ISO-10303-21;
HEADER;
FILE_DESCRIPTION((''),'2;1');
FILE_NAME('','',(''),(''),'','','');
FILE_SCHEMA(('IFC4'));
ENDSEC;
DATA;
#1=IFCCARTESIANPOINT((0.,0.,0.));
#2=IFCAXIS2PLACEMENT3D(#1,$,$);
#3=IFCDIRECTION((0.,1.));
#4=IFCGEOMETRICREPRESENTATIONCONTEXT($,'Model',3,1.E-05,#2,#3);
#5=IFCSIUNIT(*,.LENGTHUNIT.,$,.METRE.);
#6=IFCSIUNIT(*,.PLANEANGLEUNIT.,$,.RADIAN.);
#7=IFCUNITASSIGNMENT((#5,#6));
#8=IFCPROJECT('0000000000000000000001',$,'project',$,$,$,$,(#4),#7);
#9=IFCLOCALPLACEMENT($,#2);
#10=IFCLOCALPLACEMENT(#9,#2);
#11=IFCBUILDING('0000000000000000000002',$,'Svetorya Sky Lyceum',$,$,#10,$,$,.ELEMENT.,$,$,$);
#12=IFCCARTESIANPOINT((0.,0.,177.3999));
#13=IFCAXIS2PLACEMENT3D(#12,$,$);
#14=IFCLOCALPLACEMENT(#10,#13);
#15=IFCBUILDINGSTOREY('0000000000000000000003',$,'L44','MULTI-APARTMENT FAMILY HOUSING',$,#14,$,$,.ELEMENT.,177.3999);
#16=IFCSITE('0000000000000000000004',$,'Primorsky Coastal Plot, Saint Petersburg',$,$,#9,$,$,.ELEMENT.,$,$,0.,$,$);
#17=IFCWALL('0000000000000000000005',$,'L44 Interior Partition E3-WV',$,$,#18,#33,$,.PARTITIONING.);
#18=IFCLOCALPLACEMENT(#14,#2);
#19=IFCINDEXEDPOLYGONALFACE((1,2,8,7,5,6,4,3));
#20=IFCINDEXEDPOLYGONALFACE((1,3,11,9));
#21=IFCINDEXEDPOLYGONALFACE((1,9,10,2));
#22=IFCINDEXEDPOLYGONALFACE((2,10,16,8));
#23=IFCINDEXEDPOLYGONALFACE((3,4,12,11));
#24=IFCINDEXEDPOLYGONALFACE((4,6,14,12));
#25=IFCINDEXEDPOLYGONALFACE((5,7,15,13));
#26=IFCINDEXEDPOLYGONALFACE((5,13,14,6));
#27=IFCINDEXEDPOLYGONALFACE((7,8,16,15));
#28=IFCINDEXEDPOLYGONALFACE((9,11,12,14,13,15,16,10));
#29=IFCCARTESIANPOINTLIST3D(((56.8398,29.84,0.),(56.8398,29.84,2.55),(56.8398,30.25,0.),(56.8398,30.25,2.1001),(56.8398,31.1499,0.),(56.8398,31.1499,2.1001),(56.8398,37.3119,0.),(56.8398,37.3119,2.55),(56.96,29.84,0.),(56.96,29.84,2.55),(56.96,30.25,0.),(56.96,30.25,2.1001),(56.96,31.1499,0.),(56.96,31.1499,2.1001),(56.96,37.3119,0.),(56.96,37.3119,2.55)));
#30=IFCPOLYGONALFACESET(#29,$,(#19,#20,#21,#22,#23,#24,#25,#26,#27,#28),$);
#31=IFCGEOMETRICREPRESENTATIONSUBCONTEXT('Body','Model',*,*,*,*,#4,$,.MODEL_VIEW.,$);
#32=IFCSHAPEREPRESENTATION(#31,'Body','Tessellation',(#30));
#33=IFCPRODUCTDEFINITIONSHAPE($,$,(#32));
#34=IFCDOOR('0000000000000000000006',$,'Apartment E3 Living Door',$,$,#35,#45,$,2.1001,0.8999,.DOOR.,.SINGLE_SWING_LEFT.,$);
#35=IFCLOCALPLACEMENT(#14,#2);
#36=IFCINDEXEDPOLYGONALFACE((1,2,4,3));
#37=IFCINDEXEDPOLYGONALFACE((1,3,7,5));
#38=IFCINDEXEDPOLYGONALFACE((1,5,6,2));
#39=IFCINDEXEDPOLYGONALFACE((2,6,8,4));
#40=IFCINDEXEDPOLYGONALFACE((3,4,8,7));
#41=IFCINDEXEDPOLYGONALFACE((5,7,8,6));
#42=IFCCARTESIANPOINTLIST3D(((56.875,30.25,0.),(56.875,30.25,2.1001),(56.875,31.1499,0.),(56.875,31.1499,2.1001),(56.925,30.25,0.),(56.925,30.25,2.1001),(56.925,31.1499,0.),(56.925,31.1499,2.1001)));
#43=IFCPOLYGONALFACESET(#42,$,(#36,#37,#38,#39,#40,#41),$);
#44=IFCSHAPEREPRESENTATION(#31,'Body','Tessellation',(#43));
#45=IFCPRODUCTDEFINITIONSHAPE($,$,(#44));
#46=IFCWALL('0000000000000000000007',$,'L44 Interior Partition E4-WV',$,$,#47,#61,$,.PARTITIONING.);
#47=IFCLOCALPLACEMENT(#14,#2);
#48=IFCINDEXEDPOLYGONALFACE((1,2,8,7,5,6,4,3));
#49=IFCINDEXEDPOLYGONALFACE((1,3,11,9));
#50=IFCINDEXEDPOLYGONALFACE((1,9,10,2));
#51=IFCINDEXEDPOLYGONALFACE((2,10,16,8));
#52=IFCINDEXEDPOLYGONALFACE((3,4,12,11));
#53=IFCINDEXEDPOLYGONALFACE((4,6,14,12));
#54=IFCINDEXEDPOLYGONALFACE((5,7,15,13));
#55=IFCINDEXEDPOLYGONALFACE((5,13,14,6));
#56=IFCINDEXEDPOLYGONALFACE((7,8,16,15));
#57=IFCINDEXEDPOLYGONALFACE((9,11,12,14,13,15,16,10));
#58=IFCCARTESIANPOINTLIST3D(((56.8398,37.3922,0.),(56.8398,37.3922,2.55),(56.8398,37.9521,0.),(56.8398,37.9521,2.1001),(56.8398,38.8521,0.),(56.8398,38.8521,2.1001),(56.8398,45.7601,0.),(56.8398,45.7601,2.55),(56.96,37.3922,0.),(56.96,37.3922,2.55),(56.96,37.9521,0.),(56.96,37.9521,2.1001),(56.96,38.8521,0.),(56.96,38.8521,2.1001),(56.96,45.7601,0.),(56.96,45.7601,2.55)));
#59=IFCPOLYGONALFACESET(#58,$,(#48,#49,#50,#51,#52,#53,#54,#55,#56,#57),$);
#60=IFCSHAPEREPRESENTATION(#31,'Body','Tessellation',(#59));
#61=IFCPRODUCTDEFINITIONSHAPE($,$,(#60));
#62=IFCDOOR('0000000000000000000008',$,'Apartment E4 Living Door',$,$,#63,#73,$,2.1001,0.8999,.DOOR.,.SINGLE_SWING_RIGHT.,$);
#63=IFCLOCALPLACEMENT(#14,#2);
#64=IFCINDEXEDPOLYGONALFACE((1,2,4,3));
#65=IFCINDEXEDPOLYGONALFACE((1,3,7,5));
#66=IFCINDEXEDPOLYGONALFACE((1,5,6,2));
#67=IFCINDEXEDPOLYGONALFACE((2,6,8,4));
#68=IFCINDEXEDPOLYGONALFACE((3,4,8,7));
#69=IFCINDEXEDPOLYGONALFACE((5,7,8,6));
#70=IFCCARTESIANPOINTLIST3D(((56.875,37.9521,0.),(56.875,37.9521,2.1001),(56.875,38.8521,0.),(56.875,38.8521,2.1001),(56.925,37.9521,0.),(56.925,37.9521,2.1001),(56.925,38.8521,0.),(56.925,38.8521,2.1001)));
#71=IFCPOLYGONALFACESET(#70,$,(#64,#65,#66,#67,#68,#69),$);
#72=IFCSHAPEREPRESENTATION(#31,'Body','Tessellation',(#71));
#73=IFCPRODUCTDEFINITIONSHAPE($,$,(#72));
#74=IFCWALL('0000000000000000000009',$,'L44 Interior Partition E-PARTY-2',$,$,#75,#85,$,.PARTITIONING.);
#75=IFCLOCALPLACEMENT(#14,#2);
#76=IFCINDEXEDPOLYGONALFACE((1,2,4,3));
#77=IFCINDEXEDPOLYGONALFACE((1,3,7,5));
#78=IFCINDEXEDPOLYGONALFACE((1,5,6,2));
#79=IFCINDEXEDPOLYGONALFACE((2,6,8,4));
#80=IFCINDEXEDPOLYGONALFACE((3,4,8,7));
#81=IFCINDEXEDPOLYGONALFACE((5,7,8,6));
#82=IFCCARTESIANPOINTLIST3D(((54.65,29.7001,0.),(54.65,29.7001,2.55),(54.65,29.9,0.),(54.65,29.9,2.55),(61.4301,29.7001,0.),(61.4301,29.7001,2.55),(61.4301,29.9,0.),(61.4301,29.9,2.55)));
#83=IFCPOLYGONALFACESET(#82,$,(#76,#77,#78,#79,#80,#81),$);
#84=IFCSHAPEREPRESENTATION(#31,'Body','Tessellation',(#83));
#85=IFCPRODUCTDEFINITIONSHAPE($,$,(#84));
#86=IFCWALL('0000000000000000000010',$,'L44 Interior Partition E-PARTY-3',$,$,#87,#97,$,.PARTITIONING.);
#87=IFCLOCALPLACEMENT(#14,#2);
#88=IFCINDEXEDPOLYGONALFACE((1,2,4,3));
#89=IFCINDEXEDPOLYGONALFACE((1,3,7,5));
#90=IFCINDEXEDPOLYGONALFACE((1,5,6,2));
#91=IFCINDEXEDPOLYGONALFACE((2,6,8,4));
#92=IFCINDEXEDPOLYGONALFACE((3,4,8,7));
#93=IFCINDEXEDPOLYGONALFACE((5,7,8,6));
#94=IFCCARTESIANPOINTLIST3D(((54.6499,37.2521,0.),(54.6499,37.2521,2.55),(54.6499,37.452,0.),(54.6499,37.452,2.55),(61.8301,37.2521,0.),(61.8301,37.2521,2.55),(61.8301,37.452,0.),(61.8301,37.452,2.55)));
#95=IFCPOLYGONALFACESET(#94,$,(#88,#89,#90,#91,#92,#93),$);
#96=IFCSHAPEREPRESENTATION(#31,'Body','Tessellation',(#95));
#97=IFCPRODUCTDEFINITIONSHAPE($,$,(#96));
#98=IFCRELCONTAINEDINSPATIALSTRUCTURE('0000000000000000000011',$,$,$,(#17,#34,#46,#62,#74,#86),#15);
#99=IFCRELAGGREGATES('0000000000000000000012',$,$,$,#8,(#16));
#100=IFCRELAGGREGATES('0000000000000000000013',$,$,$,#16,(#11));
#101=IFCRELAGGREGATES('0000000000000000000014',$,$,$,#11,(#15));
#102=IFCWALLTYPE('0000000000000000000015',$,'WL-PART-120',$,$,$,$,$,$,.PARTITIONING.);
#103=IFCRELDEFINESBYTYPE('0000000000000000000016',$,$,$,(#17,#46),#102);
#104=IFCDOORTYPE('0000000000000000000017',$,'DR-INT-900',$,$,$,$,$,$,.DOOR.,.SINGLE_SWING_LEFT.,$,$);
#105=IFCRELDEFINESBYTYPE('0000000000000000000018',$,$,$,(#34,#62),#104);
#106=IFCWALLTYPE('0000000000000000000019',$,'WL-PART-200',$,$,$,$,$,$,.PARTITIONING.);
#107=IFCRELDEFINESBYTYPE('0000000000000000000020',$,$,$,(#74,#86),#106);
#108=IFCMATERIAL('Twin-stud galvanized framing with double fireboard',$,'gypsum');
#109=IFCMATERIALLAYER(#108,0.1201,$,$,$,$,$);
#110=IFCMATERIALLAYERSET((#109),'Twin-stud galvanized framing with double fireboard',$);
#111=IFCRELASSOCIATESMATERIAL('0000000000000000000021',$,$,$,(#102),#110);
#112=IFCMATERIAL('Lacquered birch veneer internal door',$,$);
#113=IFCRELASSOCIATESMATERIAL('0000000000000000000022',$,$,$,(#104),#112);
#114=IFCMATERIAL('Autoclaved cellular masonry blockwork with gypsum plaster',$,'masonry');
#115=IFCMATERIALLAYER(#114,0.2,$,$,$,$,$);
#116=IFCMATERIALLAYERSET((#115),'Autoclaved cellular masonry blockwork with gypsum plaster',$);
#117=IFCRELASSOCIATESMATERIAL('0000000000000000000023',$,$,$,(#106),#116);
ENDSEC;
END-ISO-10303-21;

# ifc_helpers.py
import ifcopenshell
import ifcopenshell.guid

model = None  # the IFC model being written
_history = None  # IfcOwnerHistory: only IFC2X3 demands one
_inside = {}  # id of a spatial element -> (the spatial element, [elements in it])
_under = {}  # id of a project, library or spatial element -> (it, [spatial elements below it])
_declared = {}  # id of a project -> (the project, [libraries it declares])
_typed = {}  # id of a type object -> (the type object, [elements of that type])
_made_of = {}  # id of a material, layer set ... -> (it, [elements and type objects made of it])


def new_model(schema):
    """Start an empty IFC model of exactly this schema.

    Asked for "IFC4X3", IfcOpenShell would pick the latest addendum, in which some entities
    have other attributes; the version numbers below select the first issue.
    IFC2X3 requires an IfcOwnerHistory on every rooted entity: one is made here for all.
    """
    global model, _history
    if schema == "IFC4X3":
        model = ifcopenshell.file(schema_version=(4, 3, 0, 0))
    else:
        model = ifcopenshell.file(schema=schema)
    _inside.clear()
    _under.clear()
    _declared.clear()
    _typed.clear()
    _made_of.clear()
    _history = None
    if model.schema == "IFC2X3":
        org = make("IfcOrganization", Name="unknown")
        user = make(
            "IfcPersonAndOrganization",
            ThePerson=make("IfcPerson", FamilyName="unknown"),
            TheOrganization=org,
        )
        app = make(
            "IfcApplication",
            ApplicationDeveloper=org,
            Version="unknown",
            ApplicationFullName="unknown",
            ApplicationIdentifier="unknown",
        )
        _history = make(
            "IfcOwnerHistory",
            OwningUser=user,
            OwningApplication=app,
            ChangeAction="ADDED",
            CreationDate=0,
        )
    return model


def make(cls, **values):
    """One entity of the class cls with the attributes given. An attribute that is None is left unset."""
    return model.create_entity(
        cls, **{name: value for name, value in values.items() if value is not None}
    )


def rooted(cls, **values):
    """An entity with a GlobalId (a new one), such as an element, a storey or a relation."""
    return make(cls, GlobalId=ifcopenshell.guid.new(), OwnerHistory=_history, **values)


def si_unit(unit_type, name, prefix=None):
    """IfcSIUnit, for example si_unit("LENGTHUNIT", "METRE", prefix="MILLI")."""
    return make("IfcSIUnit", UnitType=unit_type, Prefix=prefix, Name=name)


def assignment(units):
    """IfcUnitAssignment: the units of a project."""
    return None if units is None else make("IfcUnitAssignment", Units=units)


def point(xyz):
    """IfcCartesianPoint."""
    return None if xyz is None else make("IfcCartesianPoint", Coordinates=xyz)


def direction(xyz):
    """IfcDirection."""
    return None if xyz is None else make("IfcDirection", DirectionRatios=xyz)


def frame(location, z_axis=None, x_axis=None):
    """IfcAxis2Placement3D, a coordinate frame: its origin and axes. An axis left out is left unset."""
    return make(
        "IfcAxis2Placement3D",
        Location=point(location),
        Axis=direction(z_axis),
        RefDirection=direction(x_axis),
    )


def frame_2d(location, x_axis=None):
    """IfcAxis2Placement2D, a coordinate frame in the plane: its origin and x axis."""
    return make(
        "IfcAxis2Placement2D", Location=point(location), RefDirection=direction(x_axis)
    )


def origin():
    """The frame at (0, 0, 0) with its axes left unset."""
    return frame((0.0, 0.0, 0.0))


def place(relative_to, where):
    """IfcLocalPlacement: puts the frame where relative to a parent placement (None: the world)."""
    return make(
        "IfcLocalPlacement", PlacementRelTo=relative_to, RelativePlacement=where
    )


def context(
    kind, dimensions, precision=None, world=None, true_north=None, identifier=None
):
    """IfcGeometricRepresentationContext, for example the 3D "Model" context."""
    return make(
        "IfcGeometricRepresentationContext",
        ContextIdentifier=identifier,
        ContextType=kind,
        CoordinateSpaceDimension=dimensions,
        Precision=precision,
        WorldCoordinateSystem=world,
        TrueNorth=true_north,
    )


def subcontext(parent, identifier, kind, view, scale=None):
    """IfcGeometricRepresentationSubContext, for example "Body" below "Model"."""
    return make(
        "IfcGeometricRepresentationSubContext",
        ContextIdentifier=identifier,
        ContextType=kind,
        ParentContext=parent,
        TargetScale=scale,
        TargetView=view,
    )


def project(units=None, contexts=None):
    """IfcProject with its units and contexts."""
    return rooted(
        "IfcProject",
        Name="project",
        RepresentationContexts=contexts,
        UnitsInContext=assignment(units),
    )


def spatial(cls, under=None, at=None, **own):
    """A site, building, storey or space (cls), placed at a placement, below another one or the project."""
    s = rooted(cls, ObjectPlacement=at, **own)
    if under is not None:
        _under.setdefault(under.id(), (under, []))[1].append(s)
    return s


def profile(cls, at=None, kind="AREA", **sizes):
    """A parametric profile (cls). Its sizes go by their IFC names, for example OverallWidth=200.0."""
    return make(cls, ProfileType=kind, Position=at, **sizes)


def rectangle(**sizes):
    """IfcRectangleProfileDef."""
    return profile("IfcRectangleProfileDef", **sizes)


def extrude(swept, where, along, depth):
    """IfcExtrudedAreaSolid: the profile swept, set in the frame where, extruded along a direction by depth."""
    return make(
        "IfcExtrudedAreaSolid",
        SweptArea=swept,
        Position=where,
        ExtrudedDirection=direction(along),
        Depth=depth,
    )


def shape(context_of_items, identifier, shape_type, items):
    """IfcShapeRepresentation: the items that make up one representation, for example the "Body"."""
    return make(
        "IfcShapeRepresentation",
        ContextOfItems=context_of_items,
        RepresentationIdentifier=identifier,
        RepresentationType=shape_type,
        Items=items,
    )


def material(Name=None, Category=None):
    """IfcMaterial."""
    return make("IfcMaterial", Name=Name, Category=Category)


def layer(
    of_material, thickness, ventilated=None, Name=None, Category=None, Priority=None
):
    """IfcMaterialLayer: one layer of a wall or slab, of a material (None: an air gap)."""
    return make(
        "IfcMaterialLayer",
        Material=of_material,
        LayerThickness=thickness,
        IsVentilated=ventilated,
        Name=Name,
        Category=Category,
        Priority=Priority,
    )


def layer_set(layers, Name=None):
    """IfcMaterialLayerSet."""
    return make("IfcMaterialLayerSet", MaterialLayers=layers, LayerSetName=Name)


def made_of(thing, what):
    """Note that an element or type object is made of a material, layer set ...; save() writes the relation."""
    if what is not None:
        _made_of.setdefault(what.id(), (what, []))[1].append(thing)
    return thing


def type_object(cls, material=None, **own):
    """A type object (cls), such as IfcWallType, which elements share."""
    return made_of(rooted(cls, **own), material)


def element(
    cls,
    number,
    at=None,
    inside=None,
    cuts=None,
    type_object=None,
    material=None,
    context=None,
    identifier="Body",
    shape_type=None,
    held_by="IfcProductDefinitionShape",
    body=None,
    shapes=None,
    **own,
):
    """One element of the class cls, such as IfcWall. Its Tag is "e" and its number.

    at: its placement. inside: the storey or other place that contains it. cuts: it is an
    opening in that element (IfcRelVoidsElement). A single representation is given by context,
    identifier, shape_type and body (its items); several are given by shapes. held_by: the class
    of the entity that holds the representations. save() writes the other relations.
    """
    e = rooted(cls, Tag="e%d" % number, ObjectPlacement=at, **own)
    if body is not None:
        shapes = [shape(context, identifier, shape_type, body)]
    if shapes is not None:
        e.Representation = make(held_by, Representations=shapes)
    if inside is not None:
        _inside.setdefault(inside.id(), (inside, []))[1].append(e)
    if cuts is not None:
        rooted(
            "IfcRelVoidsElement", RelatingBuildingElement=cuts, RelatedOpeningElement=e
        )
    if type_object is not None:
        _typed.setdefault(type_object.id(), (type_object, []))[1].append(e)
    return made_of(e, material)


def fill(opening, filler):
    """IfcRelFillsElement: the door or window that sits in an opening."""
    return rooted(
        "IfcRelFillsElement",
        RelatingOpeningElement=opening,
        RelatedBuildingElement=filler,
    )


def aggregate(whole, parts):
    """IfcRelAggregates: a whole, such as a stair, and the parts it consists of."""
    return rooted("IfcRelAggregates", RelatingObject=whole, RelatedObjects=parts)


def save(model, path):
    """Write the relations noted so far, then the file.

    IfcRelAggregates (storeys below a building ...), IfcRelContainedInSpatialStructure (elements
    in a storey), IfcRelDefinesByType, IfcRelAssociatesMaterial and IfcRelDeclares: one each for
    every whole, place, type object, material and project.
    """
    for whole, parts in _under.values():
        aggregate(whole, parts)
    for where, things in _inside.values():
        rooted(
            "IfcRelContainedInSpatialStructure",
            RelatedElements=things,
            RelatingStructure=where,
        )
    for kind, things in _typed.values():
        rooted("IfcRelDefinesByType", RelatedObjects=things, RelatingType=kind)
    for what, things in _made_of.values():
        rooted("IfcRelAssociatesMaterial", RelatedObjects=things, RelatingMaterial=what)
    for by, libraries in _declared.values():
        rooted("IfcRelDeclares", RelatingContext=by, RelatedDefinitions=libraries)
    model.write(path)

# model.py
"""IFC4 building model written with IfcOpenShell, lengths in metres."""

from ifc_helpers import new_model, si_unit, direction, frame, frame_2d, origin, place, context, subcontext, project, spatial, rectangle, extrude, material, layer, layer_set, type_object, element, fill, save


model = new_model("IFC4")

# Units and contexts
model_context = context("Model", 3, precision=1e-05, world=origin(), true_north=direction((0.0, 1.0)))
body_context = subcontext(model_context, "Body", "Model", "MODEL_VIEW")
ifc_project = project(units=[si_unit("LENGTHUNIT", "METRE"), si_unit("PLANEANGLEUNIT", "RADIAN")], contexts=[model_context])

# Site, building, storey
site_placement = place(None, origin())
site = spatial("IfcSite", under=ifc_project, at=site_placement, Name="Primorsky Coastal Plot, Saint Petersburg", CompositionType="ELEMENT", RefElevation=0.0)
building_placement = place(site_placement, origin())
building = spatial("IfcBuilding", under=site, at=building_placement, Name="Svetorya Sky Lyceum", CompositionType="ELEMENT")
storey_placement = place(building_placement, frame((0.0, 0.0, 177.3999)))
storey = spatial("IfcBuildingStorey", under=building, at=storey_placement, Name="L44", Description="MULTI-APARTMENT FAMILY HOUSING", CompositionType="ELEMENT", Elevation=177.3999)

# Walls, openings, doors
ifc_material_1 = material(Name="Twin-stud galvanized framing with double fireboard", Category="gypsum")
ifc_layer_1 = layer(ifc_material_1, 0.1201)
ifc_layer_set_1 = layer_set([ifc_layer_1], Name="Twin-stud galvanized framing with double fireboard")
wall_type_1 = type_object("IfcWallType", Name="WL-PART-120", PredefinedType="PARTITIONING", material=ifc_layer_set_1)
ifc_material_2 = material(Name="Lacquered birch veneer internal door")
door_type_1 = type_object("IfcDoorType", Name="DR-INT-900", OperationType="SINGLE_SWING_LEFT", PredefinedType="DOOR", material=ifc_material_2)
wall_1_placement = place(storey_placement, frame((56.8999, 29.8401, 0.0), z_axis=(0.0, 0.0, 1.0), x_axis=(0.0, 1.0, 0.0)))
wall_1 = element("IfcWall", 1, at=wall_1_placement, inside=storey, type_object=wall_type_1, Name="L44 Interior Partition E3-WV", PredefinedType="PARTITIONING", context=body_context, shape_type="SweptSolid", body=[
    extrude(rectangle(XDim=7.4719, YDim=0.1201, at=frame_2d((3.7358, 0.0))), origin(), (0.0, 0.0, 1.0), 2.55),
])
opening_1_placement = place(wall_1_placement, frame((0.4099, 0.0, 0.0)))
opening_1 = element("IfcOpeningElement", 2, at=opening_1_placement, cuts=wall_1, PredefinedType="OPENING", context=body_context, shape_type="SweptSolid", body=[
    extrude(rectangle(XDim=0.8999, YDim=2.1001, at=frame_2d((0.45, 1.05))), frame((0.0, 0.0701, 0.0), z_axis=(0.0, -1.0, 0.0), x_axis=(1.0, 0.0, 0.0)), (0.0, 0.0, 1.0), 0.1401),
])
door_1_placement = place(opening_1_placement, origin())
door_1 = element("IfcDoor", 3, at=door_1_placement, inside=storey, type_object=door_type_1, Name="Apartment E3 Living Door", OperationType="SINGLE_SWING_LEFT", OverallHeight=2.1001, OverallWidth=0.8999, PredefinedType="DOOR", context=body_context, shape_type="SweptSolid", body=[
    extrude(rectangle(XDim=0.8999, YDim=2.1001, at=frame_2d((0.45, 1.05))), frame((0.0, 0.0249, 0.0), z_axis=(0.0, -1.0, 0.0), x_axis=(1.0, 0.0, 0.0)), (0.0, 0.0, 1.0), 0.05),
])
fill(opening_1, door_1)
wall_2_placement = place(storey_placement, frame((56.8999, 37.3921, 0.0), z_axis=(0.0, 0.0, 1.0), x_axis=(0.0, 1.0, 0.0)))
wall_2 = element("IfcWall", 4, at=wall_2_placement, inside=storey, type_object=wall_type_1, Name="L44 Interior Partition E4-WV", PredefinedType="PARTITIONING", context=body_context, shape_type="SweptSolid", body=[
    extrude(rectangle(XDim=8.3679, YDim=0.1201, at=frame_2d((4.1841, 0.0))), origin(), (0.0, 0.0, 1.0), 2.55),
])
opening_2_placement = place(wall_2_placement, frame((0.5601, 0.0, 0.0)))
opening_2 = element("IfcOpeningElement", 5, at=opening_2_placement, cuts=wall_2, PredefinedType="OPENING", context=body_context, shape_type="SweptSolid", body=[
    extrude(rectangle(XDim=0.8999, YDim=2.1001, at=frame_2d((0.45, 1.05))), frame((0.0, 0.0701, 0.0), z_axis=(0.0, -1.0, 0.0), x_axis=(1.0, 0.0, 0.0)), (0.0, 0.0, 1.0), 0.1401),
])
door_2_placement = place(opening_2_placement, origin())
door_2 = element("IfcDoor", 6, at=door_2_placement, inside=storey, type_object=door_type_1, Name="Apartment E4 Living Door", OperationType="SINGLE_SWING_RIGHT", OverallHeight=2.1001, OverallWidth=0.8999, PredefinedType="DOOR", context=body_context, shape_type="SweptSolid", body=[
    extrude(rectangle(XDim=0.8999, YDim=2.1001, at=frame_2d((0.45, 1.05))), frame((0.0, 0.0249, 0.0), z_axis=(0.0, -1.0, 0.0), x_axis=(1.0, 0.0, 0.0)), (0.0, 0.0, 1.0), 0.05),
])
fill(opening_2, door_2)

# Walls
ifc_material_3 = material(Name="Autoclaved cellular masonry blockwork with gypsum plaster", Category="masonry")
ifc_layer_2 = layer(ifc_material_3, 0.2)
ifc_layer_set_2 = layer_set([ifc_layer_2], Name="Autoclaved cellular masonry blockwork with gypsum plaster")
wall_type_2 = type_object("IfcWallType", Name="WL-PART-200", PredefinedType="PARTITIONING", material=ifc_layer_set_2)
wall_3_placement = place(storey_placement, frame((54.6499, 29.8, 0.0), z_axis=(0.0, 0.0, 1.0), x_axis=(1.0, 0.0, 0.0)))
element("IfcWall", 7, at=wall_3_placement, inside=storey, type_object=wall_type_2, Name="L44 Interior Partition E-PARTY-2", PredefinedType="PARTITIONING", context=body_context, shape_type="SweptSolid", body=[
    extrude(rectangle(XDim=6.78, YDim=0.2, at=frame_2d((3.3901, 0.0))), origin(), (0.0, 0.0, 1.0), 2.55),
])
wall_4_placement = place(storey_placement, frame((54.6499, 37.3521, 0.0), z_axis=(0.0, 0.0, 1.0), x_axis=(1.0, 0.0, 0.0)))
element("IfcWall", 8, at=wall_4_placement, inside=storey, type_object=wall_type_2, Name="L44 Interior Partition E-PARTY-3", PredefinedType="PARTITIONING", context=body_context, shape_type="SweptSolid", body=[
    extrude(rectangle(XDim=7.1802, YDim=0.2, at=frame_2d((3.5901, 0.0))), origin(), (0.0, 0.0, 1.0), 2.55),
])

save(model, "model.ifc")
